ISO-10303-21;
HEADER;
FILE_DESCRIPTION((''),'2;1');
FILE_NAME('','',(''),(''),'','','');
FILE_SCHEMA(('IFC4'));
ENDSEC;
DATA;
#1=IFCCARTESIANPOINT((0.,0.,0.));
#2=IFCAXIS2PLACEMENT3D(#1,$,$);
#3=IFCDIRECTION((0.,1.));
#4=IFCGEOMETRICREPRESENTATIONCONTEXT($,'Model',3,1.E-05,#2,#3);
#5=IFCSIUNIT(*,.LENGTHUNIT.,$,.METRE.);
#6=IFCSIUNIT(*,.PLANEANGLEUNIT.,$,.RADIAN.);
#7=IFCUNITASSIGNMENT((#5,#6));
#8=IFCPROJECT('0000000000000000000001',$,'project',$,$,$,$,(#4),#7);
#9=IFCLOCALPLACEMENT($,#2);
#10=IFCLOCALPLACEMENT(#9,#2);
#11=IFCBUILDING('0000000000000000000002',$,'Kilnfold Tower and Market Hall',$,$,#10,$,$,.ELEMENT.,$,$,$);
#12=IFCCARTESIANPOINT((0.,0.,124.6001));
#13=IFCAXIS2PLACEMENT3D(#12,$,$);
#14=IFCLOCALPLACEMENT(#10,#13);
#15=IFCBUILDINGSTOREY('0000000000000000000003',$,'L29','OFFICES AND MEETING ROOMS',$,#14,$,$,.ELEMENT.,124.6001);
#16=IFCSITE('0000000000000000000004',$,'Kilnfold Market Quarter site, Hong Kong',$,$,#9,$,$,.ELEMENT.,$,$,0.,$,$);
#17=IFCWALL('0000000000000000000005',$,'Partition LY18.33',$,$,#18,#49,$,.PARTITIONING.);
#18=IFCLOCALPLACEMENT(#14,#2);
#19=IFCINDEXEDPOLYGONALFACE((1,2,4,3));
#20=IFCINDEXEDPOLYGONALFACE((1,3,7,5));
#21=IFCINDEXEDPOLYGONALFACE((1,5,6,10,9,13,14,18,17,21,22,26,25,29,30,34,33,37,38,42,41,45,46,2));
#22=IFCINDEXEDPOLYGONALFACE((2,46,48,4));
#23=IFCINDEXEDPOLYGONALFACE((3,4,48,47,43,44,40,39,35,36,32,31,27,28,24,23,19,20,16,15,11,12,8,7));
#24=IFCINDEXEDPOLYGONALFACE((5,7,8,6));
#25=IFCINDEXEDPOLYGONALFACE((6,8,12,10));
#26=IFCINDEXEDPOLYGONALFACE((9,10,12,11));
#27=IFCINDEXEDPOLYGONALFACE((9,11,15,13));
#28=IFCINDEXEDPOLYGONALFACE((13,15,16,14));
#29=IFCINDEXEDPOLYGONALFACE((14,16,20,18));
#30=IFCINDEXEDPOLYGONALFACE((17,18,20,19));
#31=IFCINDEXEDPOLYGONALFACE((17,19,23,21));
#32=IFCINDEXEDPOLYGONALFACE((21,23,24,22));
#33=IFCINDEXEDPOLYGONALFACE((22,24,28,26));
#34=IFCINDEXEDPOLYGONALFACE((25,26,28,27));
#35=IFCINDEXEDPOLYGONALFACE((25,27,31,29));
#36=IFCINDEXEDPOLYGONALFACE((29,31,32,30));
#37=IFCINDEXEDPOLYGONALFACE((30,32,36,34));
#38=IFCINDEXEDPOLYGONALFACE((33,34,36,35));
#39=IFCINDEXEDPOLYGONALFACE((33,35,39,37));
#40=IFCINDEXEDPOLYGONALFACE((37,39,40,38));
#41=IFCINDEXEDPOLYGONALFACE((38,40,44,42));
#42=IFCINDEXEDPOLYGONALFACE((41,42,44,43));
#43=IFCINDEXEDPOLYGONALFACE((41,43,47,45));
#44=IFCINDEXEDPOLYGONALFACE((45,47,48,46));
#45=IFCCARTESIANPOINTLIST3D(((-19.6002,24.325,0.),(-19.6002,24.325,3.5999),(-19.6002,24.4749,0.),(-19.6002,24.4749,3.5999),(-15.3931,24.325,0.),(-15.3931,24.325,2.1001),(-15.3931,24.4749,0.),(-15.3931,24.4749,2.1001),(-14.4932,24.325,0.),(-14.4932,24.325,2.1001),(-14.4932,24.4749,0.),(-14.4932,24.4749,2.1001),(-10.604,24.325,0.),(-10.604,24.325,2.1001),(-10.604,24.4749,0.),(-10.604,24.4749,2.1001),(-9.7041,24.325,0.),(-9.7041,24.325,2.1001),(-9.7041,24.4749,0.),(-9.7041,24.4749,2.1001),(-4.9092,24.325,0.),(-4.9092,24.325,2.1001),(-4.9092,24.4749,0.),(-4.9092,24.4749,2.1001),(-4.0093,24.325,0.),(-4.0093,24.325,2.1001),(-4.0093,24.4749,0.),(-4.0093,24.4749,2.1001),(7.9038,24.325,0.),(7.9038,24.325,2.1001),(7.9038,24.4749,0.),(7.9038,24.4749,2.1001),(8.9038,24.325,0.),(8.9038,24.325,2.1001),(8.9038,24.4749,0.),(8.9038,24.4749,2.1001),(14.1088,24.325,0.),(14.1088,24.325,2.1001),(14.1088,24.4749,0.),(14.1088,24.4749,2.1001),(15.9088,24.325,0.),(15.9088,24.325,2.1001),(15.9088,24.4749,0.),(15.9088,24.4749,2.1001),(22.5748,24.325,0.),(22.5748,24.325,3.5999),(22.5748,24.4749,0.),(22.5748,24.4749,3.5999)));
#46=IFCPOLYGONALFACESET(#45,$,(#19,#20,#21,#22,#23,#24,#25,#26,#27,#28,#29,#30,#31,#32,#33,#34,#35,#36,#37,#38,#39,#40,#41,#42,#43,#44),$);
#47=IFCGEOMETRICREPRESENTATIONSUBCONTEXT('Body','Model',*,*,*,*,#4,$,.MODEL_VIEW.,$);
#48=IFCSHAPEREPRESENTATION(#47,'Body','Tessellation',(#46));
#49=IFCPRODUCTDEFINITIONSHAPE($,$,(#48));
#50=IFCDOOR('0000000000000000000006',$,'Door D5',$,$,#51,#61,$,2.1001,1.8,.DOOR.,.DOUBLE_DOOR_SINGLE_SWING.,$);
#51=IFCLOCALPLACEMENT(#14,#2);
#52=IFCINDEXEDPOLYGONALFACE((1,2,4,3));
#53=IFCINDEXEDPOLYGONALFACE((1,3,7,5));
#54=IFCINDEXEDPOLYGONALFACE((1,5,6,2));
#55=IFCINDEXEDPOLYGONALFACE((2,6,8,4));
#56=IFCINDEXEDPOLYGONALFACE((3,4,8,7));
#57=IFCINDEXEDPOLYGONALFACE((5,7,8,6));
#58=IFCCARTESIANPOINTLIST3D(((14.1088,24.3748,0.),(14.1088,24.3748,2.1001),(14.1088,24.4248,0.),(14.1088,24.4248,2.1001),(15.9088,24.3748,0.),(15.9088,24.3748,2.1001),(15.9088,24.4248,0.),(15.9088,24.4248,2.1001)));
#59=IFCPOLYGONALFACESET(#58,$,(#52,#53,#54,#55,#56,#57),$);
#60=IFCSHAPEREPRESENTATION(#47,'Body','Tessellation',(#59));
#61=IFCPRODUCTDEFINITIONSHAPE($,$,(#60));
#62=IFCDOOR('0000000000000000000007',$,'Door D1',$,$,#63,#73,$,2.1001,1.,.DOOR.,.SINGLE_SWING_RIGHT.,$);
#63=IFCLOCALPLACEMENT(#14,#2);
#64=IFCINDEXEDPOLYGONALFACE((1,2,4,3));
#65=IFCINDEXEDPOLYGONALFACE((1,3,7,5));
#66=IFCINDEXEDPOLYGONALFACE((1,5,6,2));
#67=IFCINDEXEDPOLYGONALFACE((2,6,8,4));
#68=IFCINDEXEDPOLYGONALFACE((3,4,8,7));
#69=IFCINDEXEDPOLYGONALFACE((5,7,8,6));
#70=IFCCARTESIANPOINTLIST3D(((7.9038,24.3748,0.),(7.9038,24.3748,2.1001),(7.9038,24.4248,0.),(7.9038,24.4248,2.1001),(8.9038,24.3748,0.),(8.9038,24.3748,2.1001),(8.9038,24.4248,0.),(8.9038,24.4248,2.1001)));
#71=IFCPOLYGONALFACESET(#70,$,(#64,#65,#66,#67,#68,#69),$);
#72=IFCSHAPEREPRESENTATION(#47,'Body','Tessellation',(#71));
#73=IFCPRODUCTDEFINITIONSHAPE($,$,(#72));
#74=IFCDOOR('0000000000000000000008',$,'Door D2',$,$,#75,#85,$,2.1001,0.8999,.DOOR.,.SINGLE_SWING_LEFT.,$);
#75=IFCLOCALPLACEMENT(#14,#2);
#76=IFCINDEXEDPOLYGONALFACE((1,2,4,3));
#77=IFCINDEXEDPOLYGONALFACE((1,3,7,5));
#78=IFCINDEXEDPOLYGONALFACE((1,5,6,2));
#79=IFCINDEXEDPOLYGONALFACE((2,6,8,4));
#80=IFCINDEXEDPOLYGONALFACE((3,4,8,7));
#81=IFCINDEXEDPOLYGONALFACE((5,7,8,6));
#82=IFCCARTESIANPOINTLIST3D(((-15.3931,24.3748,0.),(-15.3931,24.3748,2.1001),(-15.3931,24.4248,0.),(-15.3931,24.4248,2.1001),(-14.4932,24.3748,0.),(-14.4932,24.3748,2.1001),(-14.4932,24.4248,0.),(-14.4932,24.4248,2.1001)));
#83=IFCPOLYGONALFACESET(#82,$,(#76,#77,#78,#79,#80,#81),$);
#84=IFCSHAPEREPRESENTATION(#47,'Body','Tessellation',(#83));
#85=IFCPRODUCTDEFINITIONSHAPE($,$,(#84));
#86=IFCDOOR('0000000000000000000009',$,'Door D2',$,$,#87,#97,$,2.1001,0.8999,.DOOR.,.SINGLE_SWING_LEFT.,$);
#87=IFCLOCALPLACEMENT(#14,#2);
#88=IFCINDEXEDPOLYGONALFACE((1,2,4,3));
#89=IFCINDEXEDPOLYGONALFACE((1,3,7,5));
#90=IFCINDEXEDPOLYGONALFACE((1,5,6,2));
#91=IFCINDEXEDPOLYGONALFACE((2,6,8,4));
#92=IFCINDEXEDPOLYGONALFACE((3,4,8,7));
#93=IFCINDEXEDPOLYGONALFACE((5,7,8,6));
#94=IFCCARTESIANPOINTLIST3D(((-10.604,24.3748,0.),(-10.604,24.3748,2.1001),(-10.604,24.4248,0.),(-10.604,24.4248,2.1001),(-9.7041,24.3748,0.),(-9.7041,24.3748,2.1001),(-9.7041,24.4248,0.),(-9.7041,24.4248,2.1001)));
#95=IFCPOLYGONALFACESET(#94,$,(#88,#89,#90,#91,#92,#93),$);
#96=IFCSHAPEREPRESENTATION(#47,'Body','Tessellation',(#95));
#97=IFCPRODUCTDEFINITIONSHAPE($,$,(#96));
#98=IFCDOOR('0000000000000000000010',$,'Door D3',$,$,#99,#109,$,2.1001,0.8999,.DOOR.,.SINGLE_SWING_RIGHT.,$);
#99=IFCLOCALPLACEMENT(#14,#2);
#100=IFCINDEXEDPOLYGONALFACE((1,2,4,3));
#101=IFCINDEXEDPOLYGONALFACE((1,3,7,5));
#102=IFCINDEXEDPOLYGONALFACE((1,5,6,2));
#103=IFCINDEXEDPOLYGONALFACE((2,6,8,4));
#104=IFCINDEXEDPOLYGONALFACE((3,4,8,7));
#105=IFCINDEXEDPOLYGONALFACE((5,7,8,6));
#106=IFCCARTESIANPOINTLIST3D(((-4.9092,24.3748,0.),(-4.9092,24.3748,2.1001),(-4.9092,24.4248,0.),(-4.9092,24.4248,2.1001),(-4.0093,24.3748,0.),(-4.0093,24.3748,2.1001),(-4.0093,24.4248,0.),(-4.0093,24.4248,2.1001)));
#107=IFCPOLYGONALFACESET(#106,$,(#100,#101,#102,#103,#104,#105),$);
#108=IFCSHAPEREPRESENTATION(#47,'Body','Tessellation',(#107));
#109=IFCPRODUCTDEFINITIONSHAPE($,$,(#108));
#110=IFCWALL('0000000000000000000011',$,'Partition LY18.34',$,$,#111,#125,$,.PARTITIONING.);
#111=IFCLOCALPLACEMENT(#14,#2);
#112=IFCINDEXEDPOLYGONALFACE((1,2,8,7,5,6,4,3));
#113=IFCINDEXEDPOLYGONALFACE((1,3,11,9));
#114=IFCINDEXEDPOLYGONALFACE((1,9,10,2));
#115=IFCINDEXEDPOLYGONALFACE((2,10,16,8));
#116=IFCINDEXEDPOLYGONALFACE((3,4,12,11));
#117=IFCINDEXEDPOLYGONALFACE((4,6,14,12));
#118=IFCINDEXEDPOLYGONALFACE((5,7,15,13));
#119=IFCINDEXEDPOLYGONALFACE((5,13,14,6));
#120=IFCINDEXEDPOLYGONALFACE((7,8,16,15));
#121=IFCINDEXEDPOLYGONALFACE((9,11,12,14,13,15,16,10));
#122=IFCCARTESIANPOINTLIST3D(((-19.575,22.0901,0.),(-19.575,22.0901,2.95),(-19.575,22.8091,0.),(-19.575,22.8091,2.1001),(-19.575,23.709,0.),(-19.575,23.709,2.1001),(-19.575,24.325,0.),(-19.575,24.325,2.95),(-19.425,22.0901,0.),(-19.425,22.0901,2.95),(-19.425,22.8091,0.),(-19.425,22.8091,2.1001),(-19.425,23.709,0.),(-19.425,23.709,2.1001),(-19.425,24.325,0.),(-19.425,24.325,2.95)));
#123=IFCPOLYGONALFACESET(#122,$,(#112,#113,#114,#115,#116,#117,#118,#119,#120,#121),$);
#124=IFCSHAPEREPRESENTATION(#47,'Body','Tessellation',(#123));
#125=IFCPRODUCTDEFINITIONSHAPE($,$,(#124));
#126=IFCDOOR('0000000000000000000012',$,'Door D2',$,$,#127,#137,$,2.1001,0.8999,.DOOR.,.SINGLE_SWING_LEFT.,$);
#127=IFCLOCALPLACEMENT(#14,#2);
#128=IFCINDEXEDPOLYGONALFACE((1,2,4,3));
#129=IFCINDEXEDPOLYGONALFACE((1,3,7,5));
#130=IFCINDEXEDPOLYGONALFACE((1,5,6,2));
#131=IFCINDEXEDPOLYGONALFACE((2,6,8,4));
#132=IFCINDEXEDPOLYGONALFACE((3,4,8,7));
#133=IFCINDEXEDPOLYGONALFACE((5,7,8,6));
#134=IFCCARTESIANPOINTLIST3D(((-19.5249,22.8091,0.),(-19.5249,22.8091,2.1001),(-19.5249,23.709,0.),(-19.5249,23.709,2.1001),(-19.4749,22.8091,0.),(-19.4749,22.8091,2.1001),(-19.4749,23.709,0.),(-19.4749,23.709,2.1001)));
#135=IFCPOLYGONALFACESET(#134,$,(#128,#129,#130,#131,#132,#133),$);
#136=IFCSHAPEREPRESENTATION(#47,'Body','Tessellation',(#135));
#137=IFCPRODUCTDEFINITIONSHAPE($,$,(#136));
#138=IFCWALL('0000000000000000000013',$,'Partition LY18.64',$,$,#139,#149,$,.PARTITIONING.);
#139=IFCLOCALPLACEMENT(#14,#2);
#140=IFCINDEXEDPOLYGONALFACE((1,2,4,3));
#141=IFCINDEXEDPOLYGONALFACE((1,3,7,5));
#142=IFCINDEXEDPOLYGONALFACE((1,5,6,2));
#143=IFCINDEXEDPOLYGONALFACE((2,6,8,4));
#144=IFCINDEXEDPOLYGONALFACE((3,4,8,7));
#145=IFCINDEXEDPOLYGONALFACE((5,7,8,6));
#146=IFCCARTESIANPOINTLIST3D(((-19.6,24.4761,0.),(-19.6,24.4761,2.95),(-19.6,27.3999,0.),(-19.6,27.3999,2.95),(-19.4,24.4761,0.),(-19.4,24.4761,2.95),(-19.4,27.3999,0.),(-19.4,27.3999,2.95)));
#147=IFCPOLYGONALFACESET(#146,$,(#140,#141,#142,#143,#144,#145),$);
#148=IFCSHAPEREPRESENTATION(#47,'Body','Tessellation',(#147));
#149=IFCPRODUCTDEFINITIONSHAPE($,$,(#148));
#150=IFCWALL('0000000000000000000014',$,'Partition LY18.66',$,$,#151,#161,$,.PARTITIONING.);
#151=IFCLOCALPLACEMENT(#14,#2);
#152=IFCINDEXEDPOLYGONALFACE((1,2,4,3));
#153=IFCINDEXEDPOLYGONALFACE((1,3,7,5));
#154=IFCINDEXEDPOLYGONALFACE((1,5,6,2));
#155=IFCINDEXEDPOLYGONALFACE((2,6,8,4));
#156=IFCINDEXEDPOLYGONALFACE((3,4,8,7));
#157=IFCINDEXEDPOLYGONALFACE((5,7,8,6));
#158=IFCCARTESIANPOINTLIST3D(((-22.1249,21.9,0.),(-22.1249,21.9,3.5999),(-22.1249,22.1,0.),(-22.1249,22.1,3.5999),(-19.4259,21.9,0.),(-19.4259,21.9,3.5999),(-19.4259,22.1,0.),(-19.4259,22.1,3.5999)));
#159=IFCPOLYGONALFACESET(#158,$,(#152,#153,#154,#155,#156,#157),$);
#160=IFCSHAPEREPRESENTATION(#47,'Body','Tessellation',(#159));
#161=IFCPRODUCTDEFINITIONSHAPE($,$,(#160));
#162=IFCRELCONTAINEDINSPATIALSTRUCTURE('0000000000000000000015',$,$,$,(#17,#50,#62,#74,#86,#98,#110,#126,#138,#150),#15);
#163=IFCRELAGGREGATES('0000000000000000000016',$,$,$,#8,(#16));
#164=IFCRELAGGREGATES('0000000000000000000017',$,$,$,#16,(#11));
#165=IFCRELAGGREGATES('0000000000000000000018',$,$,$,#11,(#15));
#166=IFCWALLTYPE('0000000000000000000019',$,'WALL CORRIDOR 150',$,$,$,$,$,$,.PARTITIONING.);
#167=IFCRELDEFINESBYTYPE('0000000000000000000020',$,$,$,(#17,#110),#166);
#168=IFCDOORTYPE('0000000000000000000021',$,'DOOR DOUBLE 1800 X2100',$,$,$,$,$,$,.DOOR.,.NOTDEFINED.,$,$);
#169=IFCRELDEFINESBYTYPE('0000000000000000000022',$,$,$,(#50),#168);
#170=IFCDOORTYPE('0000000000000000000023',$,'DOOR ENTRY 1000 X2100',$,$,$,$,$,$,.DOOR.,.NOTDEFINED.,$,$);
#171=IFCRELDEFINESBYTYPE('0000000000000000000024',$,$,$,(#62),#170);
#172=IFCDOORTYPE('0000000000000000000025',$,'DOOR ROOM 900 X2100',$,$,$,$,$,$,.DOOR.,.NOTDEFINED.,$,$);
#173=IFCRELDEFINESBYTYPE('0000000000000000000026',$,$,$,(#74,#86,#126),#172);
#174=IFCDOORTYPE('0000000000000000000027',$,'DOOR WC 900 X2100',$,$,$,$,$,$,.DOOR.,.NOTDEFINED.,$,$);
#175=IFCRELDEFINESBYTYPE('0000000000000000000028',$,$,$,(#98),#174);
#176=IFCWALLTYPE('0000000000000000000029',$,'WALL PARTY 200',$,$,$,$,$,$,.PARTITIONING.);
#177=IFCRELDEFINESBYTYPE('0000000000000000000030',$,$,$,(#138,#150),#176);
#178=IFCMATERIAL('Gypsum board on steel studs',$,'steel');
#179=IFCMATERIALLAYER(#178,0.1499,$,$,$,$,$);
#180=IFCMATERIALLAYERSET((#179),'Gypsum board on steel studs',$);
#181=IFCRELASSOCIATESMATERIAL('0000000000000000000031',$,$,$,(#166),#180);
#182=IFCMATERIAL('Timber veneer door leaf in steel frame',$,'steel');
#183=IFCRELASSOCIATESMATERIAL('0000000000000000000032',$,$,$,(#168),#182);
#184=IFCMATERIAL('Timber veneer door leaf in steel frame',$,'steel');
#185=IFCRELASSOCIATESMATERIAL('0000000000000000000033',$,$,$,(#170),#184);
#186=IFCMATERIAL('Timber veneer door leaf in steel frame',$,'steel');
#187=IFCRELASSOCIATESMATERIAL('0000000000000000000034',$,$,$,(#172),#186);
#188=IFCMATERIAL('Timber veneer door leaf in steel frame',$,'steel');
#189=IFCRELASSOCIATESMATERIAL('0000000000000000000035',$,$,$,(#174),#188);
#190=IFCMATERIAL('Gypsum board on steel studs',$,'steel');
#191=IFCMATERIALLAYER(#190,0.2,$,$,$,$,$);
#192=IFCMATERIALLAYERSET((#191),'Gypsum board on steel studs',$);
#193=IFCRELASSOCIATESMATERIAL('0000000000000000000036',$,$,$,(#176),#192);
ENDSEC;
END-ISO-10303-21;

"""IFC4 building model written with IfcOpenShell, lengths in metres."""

from ifc_helpers import new_model, si_unit, direction, frame, frame_2d, origin, place, context, subcontext, project, spatial, rectangle, extrude, material, layer, layer_set, type_object, element, fill, save


model = new_model("IFC4")

# Units and contexts
model_context = context("Model", 3, precision=1e-05, world=origin(), true_north=direction((0.0, 1.0)))
body_context = subcontext(model_context, "Body", "Model", "MODEL_VIEW")
ifc_project = project(units=[si_unit("LENGTHUNIT", "METRE"), si_unit("PLANEANGLEUNIT", "RADIAN")], contexts=[model_context])

# Site, building, storey
site_placement = place(None, origin())
site = spatial("IfcSite", under=ifc_project, at=site_placement, Name="Kilnfold Market Quarter site, Hong Kong", CompositionType="ELEMENT", RefElevation=0.0)
building_placement = place(site_placement, origin())
building = spatial("IfcBuilding", under=site, at=building_placement, Name="Kilnfold Tower and Market Hall", CompositionType="ELEMENT")
storey_placement = place(building_placement, frame((0.0, 0.0, 124.6001)))
storey = spatial("IfcBuildingStorey", under=building, at=storey_placement, Name="L29", Description="OFFICES AND MEETING ROOMS", CompositionType="ELEMENT", Elevation=124.6001)

# Wall, openings, doors
ifc_material_1 = material(Name="Gypsum board on steel studs", Category="steel")
ifc_layer_1 = layer(ifc_material_1, 0.1499)
ifc_layer_set_1 = layer_set([ifc_layer_1], Name="Gypsum board on steel studs")
wall_type_1 = type_object("IfcWallType", Name="WALL CORRIDOR 150", PredefinedType="PARTITIONING", material=ifc_layer_set_1)
wall_1_placement = place(storey_placement, frame((-19.6001, 24.3999, 0.0), z_axis=(0.0, 0.0, 1.0), x_axis=(1.0, 0.0, 0.0)))
wall_1 = element("IfcWall", 1, at=wall_1_placement, inside=storey, type_object=wall_type_1, Name="Partition LY18.33", PredefinedType="PARTITIONING", context=body_context, shape_type="SweptSolid", body=[
    extrude(rectangle(XDim=42.175, YDim=0.1499, at=frame_2d((21.0874, 0.0))), origin(), (0.0, 0.0, 1.0), 3.5999),
])
opening_1_placement = place(wall_1_placement, frame((4.207, 0.0, 0.0)))
opening_1 = element("IfcOpeningElement", 2, at=opening_1_placement, cuts=wall_1, PredefinedType="OPENING", context=body_context, shape_type="SweptSolid", body=[
    extrude(rectangle(XDim=0.8999, YDim=2.1001, at=frame_2d((0.45, 1.05))), frame((0.0, 0.085, 0.0), z_axis=(0.0, -1.0, 0.0), x_axis=(1.0, 0.0, 0.0)), (0.0, 0.0, 1.0), 0.1699),
])
opening_2_placement = place(wall_1_placement, frame((8.9961, 0.0, 0.0)))
opening_2 = element("IfcOpeningElement", 3, at=opening_2_placement, cuts=wall_1, PredefinedType="OPENING", context=body_context, shape_type="SweptSolid", body=[
    extrude(rectangle(XDim=0.8999, YDim=2.1001, at=frame_2d((0.45, 1.05))), frame((0.0, 0.085, 0.0), z_axis=(0.0, -1.0, 0.0), x_axis=(1.0, 0.0, 0.0)), (0.0, 0.0, 1.0), 0.1699),
])
opening_3_placement = place(wall_1_placement, frame((14.6909, 0.0, 0.0)))
opening_3 = element("IfcOpeningElement", 4, at=opening_3_placement, cuts=wall_1, PredefinedType="OPENING", context=body_context, shape_type="SweptSolid", body=[
    extrude(rectangle(XDim=0.8999, YDim=2.1001, at=frame_2d((0.45, 1.05))), frame((0.0, 0.085, 0.0), z_axis=(0.0, -1.0, 0.0), x_axis=(1.0, 0.0, 0.0)), (0.0, 0.0, 1.0), 0.1699),
])
opening_4_placement = place(wall_1_placement, frame((27.5039, 0.0, 0.0)))
opening_4 = element("IfcOpeningElement", 5, at=opening_4_placement, cuts=wall_1, PredefinedType="OPENING", context=body_context, shape_type="SweptSolid", body=[
    extrude(rectangle(XDim=1.0, YDim=2.1001, at=frame_2d((0.5, 1.05))), frame((0.0, 0.085, 0.0), z_axis=(0.0, -1.0, 0.0), x_axis=(1.0, 0.0, 0.0)), (0.0, 0.0, 1.0), 0.1699),
])
opening_5_placement = place(wall_1_placement, frame((33.709, 0.0, 0.0)))
opening_5 = element("IfcOpeningElement", 6, at=opening_5_placement, cuts=wall_1, PredefinedType="OPENING", context=body_context, shape_type="SweptSolid", body=[
    extrude(rectangle(XDim=1.8, YDim=2.1001, at=frame_2d((0.8999, 1.05))), frame((0.0, 0.085, 0.0), z_axis=(0.0, -1.0, 0.0), x_axis=(1.0, 0.0, 0.0)), (0.0, 0.0, 1.0), 0.1699),
])
ifc_material_2 = material(Name="Timber veneer door leaf in steel frame", Category="steel")
door_type_1 = type_object("IfcDoorType", Name="DOOR DOUBLE 1800 X2100", OperationType="NOTDEFINED", PredefinedType="DOOR", material=ifc_material_2)
door_1_placement = place(opening_5_placement, origin())
door_1 = element("IfcDoor", 7, at=door_1_placement, inside=storey, type_object=door_type_1, Name="Door D5", OperationType="DOUBLE_DOOR_SINGLE_SWING", OverallHeight=2.1001, OverallWidth=1.8, PredefinedType="DOOR", context=body_context, shape_type="SweptSolid", body=[
    extrude(rectangle(XDim=1.8, YDim=2.1001, at=frame_2d((0.8999, 1.05))), frame((0.0, 0.0249, 0.0), z_axis=(0.0, -1.0, 0.0), x_axis=(1.0, 0.0, 0.0)), (0.0, 0.0, 1.0), 0.05),
])
fill(opening_5, door_1)
ifc_material_3 = material(Name="Timber veneer door leaf in steel frame", Category="steel")
door_type_2 = type_object("IfcDoorType", Name="DOOR ENTRY 1000 X2100", OperationType="NOTDEFINED", PredefinedType="DOOR", material=ifc_material_3)
door_2_placement = place(opening_4_placement, origin())
door_2 = element("IfcDoor", 8, at=door_2_placement, inside=storey, type_object=door_type_2, Name="Door D1", OperationType="SINGLE_SWING_RIGHT", OverallHeight=2.1001, OverallWidth=1.0, PredefinedType="DOOR", context=body_context, shape_type="SweptSolid", body=[
    extrude(rectangle(XDim=1.0, YDim=2.1001, at=frame_2d((0.5, 1.05))), frame((0.0, 0.0249, 0.0), z_axis=(0.0, -1.0, 0.0), x_axis=(1.0, 0.0, 0.0)), (0.0, 0.0, 1.0), 0.05),
])
fill(opening_4, door_2)
ifc_material_4 = material(Name="Timber veneer door leaf in steel frame", Category="steel")
door_type_3 = type_object("IfcDoorType", Name="DOOR ROOM 900 X2100", OperationType="NOTDEFINED", PredefinedType="DOOR", material=ifc_material_4)
door_3_placement = place(opening_1_placement, origin())
door_3 = element("IfcDoor", 9, at=door_3_placement, inside=storey, type_object=door_type_3, Name="Door D2", OperationType="SINGLE_SWING_LEFT", OverallHeight=2.1001, OverallWidth=0.8999, PredefinedType="DOOR", context=body_context, shape_type="SweptSolid", body=[
    extrude(rectangle(XDim=0.8999, YDim=2.1001, at=frame_2d((0.45, 1.05))), frame((0.0, 0.0249, 0.0), z_axis=(0.0, -1.0, 0.0), x_axis=(1.0, 0.0, 0.0)), (0.0, 0.0, 1.0), 0.05),
])
fill(opening_1, door_3)
door_4_placement = place(opening_2_placement, origin())
door_4 = element("IfcDoor", 10, at=door_4_placement, inside=storey, type_object=door_type_3, Name="Door D2", OperationType="SINGLE_SWING_LEFT", OverallHeight=2.1001, OverallWidth=0.8999, PredefinedType="DOOR", context=body_context, shape_type="SweptSolid", body=[
    extrude(rectangle(XDim=0.8999, YDim=2.1001, at=frame_2d((0.45, 1.05))), frame((0.0, 0.0249, 0.0), z_axis=(0.0, -1.0, 0.0), x_axis=(1.0, 0.0, 0.0)), (0.0, 0.0, 1.0), 0.05),
])
fill(opening_2, door_4)
ifc_material_5 = material(Name="Timber veneer door leaf in steel frame", Category="steel")
door_type_4 = type_object("IfcDoorType", Name="DOOR WC 900 X2100", OperationType="NOTDEFINED", PredefinedType="DOOR", material=ifc_material_5)
door_5_placement = place(opening_3_placement, origin())
door_5 = element("IfcDoor", 11, at=door_5_placement, inside=storey, type_object=door_type_4, Name="Door D3", OperationType="SINGLE_SWING_RIGHT", OverallHeight=2.1001, OverallWidth=0.8999, PredefinedType="DOOR", context=body_context, shape_type="SweptSolid", body=[
    extrude(rectangle(XDim=0.8999, YDim=2.1001, at=frame_2d((0.45, 1.05))), frame((0.0, 0.0249, 0.0), z_axis=(0.0, -1.0, 0.0), x_axis=(1.0, 0.0, 0.0)), (0.0, 0.0, 1.0), 0.05),
])
fill(opening_3, door_5)

# Wall, opening, door
wall_2_placement = place(storey_placement, frame((-19.5, 22.0901, 0.0), z_axis=(0.0, 0.0, 1.0), x_axis=(0.0, 1.0, 0.0)))
wall_2 = element("IfcWall", 12, at=wall_2_placement, inside=storey, type_object=wall_type_1, Name="Partition LY18.34", PredefinedType="PARTITIONING", context=body_context, shape_type="SweptSolid", body=[
    extrude(rectangle(XDim=2.2349, YDim=0.1499, at=frame_2d((1.1174, 0.0))), origin(), (0.0, 0.0, 1.0), 2.95),
])
opening_6_placement = place(wall_2_placement, frame((0.719, 0.0, 0.0)))
opening_6 = element("IfcOpeningElement", 13, at=opening_6_placement, cuts=wall_2, PredefinedType="OPENING", context=body_context, shape_type="SweptSolid", body=[
    extrude(rectangle(XDim=0.8999, YDim=2.1001, at=frame_2d((0.45, 1.05))), frame((0.0, 0.085, 0.0), z_axis=(0.0, -1.0, 0.0), x_axis=(1.0, 0.0, 0.0)), (0.0, 0.0, 1.0), 0.1699),
])
door_6_placement = place(opening_6_placement, origin())
door_6 = element("IfcDoor", 14, at=door_6_placement, inside=storey, type_object=door_type_3, Name="Door D2", OperationType="SINGLE_SWING_LEFT", OverallHeight=2.1001, OverallWidth=0.8999, PredefinedType="DOOR", context=body_context, shape_type="SweptSolid", body=[
    extrude(rectangle(XDim=0.8999, YDim=2.1001, at=frame_2d((0.45, 1.05))), frame((0.0, 0.0249, 0.0), z_axis=(0.0, -1.0, 0.0), x_axis=(1.0, 0.0, 0.0)), (0.0, 0.0, 1.0), 0.05),
])
fill(opening_6, door_6)

# Walls
ifc_material_6 = material(Name="Gypsum board on steel studs", Category="steel")
ifc_layer_2 = layer(ifc_material_6, 0.2)
ifc_layer_set_2 = layer_set([ifc_layer_2], Name="Gypsum board on steel studs")
wall_type_2 = type_object("IfcWallType", Name="WALL PARTY 200", PredefinedType="PARTITIONING", material=ifc_layer_set_2)
wall_3_placement = place(storey_placement, frame((-19.5, 27.3999, 0.0), z_axis=(0.0, 0.0, 1.0), x_axis=(0.0, -1.0, 0.0)))
element("IfcWall", 15, at=wall_3_placement, inside=storey, type_object=wall_type_2, Name="Partition LY18.64", PredefinedType="PARTITIONING", context=body_context, shape_type="SweptSolid", body=[
    extrude(rectangle(XDim=2.9238, YDim=0.2, at=frame_2d((1.4619, 0.0))), origin(), (0.0, 0.0, 1.0), 2.95),
])
wall_4_placement = place(storey_placement, frame((-22.125, 22.0, 0.0), z_axis=(0.0, 0.0, 1.0), x_axis=(1.0, 0.0, 0.0)))
element("IfcWall", 16, at=wall_4_placement, inside=storey, type_object=wall_type_2, Name="Partition LY18.66", PredefinedType="PARTITIONING", context=body_context, shape_type="SweptSolid", body=[
    extrude(rectangle(XDim=2.699, YDim=0.2, at=frame_2d((1.3496, 0.0))), origin(), (0.0, 0.0, 1.0), 3.5999),
])

save(model, "model.ifc")
